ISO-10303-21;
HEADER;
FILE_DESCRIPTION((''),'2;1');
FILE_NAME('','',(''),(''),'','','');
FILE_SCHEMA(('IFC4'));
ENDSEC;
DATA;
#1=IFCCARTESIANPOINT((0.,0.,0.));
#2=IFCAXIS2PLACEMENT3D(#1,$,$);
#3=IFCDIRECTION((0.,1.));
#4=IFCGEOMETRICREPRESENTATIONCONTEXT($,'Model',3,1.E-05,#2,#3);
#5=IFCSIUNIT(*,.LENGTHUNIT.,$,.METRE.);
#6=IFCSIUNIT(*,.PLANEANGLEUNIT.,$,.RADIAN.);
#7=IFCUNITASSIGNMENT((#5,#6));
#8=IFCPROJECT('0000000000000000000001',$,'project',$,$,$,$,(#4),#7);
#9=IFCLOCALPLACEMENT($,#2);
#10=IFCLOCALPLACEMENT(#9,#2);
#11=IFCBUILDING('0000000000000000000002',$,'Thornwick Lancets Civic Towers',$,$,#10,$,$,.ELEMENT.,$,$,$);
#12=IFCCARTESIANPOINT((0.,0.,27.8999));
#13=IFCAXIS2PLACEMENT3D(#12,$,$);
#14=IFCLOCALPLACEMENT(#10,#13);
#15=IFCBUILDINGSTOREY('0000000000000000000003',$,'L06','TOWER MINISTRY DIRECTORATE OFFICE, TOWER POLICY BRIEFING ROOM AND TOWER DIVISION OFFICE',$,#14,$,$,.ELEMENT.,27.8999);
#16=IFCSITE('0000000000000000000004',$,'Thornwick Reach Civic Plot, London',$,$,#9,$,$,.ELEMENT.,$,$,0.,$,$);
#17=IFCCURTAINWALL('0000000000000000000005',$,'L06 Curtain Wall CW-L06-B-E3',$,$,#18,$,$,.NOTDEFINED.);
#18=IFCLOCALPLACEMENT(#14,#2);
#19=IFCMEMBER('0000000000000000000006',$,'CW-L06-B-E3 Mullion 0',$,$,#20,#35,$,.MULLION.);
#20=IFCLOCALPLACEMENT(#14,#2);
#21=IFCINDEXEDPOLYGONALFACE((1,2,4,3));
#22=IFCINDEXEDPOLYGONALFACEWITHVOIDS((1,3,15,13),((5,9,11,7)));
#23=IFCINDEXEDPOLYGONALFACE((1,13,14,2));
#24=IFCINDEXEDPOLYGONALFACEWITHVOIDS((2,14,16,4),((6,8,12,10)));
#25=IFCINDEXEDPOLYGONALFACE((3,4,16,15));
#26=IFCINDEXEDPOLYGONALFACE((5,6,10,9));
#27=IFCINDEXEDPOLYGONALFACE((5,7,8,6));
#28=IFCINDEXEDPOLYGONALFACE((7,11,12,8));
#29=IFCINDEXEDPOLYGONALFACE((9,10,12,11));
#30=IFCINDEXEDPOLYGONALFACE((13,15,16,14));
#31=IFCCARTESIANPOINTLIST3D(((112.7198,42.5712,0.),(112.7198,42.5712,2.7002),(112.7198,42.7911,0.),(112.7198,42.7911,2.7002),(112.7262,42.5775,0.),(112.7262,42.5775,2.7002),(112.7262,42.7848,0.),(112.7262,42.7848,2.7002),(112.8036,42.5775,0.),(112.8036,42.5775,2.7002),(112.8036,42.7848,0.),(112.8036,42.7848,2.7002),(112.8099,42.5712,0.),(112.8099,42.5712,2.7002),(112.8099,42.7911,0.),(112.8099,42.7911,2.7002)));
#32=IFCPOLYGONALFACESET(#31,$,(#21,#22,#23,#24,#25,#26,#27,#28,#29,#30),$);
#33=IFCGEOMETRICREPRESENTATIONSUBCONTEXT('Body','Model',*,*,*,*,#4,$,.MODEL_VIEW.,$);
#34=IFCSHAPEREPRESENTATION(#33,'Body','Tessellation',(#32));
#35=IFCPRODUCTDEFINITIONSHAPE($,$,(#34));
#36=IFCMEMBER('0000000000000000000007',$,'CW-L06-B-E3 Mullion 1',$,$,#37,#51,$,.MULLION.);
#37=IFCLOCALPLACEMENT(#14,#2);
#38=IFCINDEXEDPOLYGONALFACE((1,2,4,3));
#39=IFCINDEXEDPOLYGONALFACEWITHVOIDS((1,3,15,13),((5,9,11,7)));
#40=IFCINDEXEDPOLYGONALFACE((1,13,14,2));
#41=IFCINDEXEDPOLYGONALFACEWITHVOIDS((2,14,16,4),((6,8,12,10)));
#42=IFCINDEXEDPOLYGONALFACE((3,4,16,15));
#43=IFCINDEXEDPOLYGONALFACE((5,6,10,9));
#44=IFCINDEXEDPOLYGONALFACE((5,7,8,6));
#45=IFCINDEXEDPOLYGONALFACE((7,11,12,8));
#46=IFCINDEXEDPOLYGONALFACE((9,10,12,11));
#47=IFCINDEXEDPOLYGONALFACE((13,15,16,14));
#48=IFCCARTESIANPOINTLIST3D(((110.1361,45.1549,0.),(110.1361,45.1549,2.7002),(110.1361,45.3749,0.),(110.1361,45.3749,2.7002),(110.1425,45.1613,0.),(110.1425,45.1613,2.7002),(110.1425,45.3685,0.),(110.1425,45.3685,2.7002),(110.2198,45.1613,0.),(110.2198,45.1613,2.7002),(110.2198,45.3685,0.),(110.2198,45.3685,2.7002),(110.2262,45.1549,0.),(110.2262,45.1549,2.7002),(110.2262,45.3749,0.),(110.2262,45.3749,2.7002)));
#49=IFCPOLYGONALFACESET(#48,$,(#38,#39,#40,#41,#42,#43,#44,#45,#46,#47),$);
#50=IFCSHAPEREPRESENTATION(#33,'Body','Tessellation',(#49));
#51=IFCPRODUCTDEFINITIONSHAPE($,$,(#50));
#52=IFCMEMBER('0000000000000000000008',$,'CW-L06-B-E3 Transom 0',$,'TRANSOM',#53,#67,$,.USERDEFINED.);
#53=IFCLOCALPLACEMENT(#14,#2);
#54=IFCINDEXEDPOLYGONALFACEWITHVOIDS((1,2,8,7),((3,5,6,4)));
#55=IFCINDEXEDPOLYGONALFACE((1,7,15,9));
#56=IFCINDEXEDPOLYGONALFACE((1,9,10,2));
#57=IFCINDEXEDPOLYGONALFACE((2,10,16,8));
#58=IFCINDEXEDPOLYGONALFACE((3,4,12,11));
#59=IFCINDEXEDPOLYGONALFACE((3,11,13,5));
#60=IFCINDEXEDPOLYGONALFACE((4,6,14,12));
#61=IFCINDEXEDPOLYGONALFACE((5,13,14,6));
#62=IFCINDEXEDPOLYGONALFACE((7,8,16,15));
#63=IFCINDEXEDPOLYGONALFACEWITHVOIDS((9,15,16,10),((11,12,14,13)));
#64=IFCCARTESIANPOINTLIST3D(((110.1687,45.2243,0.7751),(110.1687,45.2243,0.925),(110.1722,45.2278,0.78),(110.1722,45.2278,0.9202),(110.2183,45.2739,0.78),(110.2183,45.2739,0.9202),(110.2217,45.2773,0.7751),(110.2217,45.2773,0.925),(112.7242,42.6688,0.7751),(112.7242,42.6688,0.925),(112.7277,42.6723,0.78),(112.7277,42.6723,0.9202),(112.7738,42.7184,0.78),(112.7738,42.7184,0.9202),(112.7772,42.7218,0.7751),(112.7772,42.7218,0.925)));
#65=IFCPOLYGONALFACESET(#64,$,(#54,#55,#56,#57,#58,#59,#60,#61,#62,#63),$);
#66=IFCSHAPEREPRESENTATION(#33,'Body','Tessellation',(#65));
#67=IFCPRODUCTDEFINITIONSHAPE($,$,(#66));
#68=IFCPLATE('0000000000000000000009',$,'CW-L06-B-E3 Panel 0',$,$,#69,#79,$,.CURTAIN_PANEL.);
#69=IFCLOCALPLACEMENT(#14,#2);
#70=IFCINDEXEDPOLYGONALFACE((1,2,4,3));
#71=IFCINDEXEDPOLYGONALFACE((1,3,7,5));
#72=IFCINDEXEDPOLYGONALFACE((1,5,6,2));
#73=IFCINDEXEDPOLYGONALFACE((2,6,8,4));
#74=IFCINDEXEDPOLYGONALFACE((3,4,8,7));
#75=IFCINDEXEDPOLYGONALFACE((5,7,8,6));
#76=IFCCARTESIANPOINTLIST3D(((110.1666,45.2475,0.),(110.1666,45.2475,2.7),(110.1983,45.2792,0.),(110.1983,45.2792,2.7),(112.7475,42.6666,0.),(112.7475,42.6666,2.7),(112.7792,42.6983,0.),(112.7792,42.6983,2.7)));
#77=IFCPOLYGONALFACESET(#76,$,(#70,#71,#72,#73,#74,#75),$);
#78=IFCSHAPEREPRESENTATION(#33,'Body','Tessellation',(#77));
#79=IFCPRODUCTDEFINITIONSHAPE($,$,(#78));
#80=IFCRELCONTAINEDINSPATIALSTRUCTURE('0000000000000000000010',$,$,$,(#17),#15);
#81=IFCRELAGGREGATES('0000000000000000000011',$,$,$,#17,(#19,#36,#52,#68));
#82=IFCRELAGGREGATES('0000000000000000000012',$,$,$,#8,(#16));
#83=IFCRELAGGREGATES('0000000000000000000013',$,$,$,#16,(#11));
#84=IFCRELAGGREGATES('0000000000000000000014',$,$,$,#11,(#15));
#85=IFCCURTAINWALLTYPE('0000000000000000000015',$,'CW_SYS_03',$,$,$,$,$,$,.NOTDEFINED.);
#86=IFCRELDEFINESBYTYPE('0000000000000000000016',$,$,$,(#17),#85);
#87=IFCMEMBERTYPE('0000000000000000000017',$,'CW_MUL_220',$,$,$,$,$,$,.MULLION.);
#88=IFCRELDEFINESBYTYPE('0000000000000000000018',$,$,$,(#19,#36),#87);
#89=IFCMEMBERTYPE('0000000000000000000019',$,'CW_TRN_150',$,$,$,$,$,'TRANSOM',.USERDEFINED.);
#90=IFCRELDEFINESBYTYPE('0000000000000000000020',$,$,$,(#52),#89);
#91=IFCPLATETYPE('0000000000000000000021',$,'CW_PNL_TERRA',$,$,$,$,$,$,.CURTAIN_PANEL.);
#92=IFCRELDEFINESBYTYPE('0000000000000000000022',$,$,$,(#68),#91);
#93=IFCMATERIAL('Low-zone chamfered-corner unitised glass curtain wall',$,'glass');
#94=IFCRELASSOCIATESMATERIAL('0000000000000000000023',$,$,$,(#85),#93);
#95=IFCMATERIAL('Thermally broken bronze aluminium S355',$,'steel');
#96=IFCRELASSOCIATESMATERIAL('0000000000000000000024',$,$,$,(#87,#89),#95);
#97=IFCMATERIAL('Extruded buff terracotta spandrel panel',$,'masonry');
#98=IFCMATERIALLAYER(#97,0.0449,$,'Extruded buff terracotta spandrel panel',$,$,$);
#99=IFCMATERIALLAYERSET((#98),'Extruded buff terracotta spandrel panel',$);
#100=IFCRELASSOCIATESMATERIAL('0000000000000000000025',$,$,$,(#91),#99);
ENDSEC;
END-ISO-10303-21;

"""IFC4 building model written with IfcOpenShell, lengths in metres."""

from ifc_helpers import new_model, si_unit, direction, frame, origin, origin_2d, place, context, subcontext, project, spatial, rectangle, hollow_rectangle, extrude, material, layer, layer_set, material_profile, profile_set, type_object, element, aggregate, save


model = new_model("IFC4")

# Units and contexts
model_context = context("Model", 3, precision=1e-05, world=origin(), true_north=direction((0.0, 1.0)))
body_context = subcontext(model_context, "Body", "Model", "MODEL_VIEW")
ifc_project = project(units=[si_unit("LENGTHUNIT", "METRE"), si_unit("PLANEANGLEUNIT", "RADIAN")], contexts=[model_context])

# Site, building, storey
site_placement = place(None, origin())
site = spatial("IfcSite", under=ifc_project, at=site_placement, Name="Thornwick Reach Civic Plot, London", CompositionType="ELEMENT", RefElevation=0.0)
building_placement = place(site_placement, origin())
building = spatial("IfcBuilding", under=site, at=building_placement, Name="Thornwick Lancets Civic Towers", CompositionType="ELEMENT")
storey_placement = place(building_placement, frame((0.0, 0.0, 27.8999)))
storey = spatial("IfcBuildingStorey", under=building, at=storey_placement, Name="L06", Description="TOWER MINISTRY DIRECTORATE OFFICE, TOWER POLICY BRIEFING ROOM AND TOWER DIVISION OFFICE", CompositionType="ELEMENT", Elevation=27.8999)

# Curtain wall, members, plate
ifc_material_1 = material(Name="Low-zone chamfered-corner unitised glass curtain wall", Category="glass")
curtain_wall_type = type_object("IfcCurtainWallType", Name="CW_SYS_03", PredefinedType="NOTDEFINED", material=ifc_material_1)
curtain_wall_placement = place(storey_placement, origin())
curtain_wall = element("IfcCurtainWall", 1, at=curtain_wall_placement, inside=storey, type_object=curtain_wall_type, Name="L06 Curtain Wall CW-L06-B-E3", PredefinedType="NOTDEFINED")
ifc_material_2 = material(Name="Thermally broken bronze aluminium S355", Category="steel")
ifc_material_profile_1 = material_profile(ifc_material_2, hollow_rectangle(XDim=0.0901, YDim=0.22, WallThickness=0.0063, at=origin_2d()), Name="RHS 220x90x6.3")
ifc_profile_set_1 = profile_set([ifc_material_profile_1], Name="Thermally broken bronze aluminium S355")
member_type_1 = type_object("IfcMemberType", Name="CW_MUL_220", PredefinedType="MULLION", material=ifc_profile_set_1)
member_1_placement = place(storey_placement, frame((112.7649, 42.6812, 0.0), z_axis=(0.0, 0.0, 1.0), x_axis=(1.0, 0.0, 0.0)))
member_1 = element("IfcMember", 2, at=member_1_placement, type_object=member_type_1, Name="CW-L06-B-E3 Mullion 0", PredefinedType="MULLION", context=body_context, shape_type="SweptSolid", body=[
    extrude(hollow_rectangle(XDim=0.0901, YDim=0.22, WallThickness=0.0063, at=origin_2d()), origin(), (0.0, 0.0, 1.0), 2.7002),
])
member_2_placement = place(storey_placement, frame((110.1812, 45.2649, 0.0), z_axis=(0.0, 0.0, 1.0), x_axis=(1.0, 0.0, 0.0)))
member_2 = element("IfcMember", 3, at=member_2_placement, type_object=member_type_1, Name="CW-L06-B-E3 Mullion 1", PredefinedType="MULLION", context=body_context, shape_type="SweptSolid", body=[
    extrude(hollow_rectangle(XDim=0.0901, YDim=0.22, WallThickness=0.0063, at=origin_2d()), origin(), (0.0, 0.0, 1.0), 2.7002),
])
ifc_material_profile_2 = material_profile(ifc_material_2, hollow_rectangle(XDim=0.075, YDim=0.1499, WallThickness=0.0049, at=origin_2d()), Name="RHS 150x75x5")
ifc_profile_set_2 = profile_set([ifc_material_profile_2], Name="Thermally broken bronze aluminium S355")
member_type_2 = type_object("IfcMemberType", Name="CW_TRN_150", ElementType="TRANSOM", PredefinedType="USERDEFINED", material=ifc_profile_set_2)
member_3_placement = place(storey_placement, frame((112.7507, 42.6953, 0.8501), z_axis=(-0.707107, 0.707107, 0.0), x_axis=(-0.707107, -0.707107, 0.0)))
member_3 = element("IfcMember", 4, at=member_3_placement, type_object=member_type_2, Name="CW-L06-B-E3 Transom 0", ObjectType="TRANSOM", PredefinedType="USERDEFINED", context=body_context, shape_type="SweptSolid", body=[
    extrude(hollow_rectangle(XDim=0.075, YDim=0.1499, WallThickness=0.0049, at=origin_2d()), origin(), (0.0, 0.0, 1.0), 3.614),
])
ifc_material_3 = material(Name="Extruded buff terracotta spandrel panel", Category="masonry")
ifc_layer_1 = layer(ifc_material_3, 0.0449, Name="Extruded buff terracotta spandrel panel")
ifc_layer_set_1 = layer_set([ifc_layer_1], Name="Extruded buff terracotta spandrel panel")
plate_type = type_object("IfcPlateType", Name="CW_PNL_TERRA", PredefinedType="CURTAIN_PANEL", material=ifc_layer_set_1)
plate_placement = place(storey_placement, frame((111.4729, 43.9729, 0.0), z_axis=(0.0, 0.0, 1.0), x_axis=(-0.707107, 0.707107, 0.0)))
plate = element("IfcPlate", 5, at=plate_placement, type_object=plate_type, Name="CW-L06-B-E3 Panel 0", PredefinedType="CURTAIN_PANEL", context=body_context, shape_type="SweptSolid", body=[
    extrude(rectangle(XDim=3.6499, YDim=0.0449, at=origin_2d()), origin(), (0.0, 0.0, 1.0), 2.7),
])
aggregate(curtain_wall, [member_1, member_2, member_3, plate])

save(model, "model.ifc")
